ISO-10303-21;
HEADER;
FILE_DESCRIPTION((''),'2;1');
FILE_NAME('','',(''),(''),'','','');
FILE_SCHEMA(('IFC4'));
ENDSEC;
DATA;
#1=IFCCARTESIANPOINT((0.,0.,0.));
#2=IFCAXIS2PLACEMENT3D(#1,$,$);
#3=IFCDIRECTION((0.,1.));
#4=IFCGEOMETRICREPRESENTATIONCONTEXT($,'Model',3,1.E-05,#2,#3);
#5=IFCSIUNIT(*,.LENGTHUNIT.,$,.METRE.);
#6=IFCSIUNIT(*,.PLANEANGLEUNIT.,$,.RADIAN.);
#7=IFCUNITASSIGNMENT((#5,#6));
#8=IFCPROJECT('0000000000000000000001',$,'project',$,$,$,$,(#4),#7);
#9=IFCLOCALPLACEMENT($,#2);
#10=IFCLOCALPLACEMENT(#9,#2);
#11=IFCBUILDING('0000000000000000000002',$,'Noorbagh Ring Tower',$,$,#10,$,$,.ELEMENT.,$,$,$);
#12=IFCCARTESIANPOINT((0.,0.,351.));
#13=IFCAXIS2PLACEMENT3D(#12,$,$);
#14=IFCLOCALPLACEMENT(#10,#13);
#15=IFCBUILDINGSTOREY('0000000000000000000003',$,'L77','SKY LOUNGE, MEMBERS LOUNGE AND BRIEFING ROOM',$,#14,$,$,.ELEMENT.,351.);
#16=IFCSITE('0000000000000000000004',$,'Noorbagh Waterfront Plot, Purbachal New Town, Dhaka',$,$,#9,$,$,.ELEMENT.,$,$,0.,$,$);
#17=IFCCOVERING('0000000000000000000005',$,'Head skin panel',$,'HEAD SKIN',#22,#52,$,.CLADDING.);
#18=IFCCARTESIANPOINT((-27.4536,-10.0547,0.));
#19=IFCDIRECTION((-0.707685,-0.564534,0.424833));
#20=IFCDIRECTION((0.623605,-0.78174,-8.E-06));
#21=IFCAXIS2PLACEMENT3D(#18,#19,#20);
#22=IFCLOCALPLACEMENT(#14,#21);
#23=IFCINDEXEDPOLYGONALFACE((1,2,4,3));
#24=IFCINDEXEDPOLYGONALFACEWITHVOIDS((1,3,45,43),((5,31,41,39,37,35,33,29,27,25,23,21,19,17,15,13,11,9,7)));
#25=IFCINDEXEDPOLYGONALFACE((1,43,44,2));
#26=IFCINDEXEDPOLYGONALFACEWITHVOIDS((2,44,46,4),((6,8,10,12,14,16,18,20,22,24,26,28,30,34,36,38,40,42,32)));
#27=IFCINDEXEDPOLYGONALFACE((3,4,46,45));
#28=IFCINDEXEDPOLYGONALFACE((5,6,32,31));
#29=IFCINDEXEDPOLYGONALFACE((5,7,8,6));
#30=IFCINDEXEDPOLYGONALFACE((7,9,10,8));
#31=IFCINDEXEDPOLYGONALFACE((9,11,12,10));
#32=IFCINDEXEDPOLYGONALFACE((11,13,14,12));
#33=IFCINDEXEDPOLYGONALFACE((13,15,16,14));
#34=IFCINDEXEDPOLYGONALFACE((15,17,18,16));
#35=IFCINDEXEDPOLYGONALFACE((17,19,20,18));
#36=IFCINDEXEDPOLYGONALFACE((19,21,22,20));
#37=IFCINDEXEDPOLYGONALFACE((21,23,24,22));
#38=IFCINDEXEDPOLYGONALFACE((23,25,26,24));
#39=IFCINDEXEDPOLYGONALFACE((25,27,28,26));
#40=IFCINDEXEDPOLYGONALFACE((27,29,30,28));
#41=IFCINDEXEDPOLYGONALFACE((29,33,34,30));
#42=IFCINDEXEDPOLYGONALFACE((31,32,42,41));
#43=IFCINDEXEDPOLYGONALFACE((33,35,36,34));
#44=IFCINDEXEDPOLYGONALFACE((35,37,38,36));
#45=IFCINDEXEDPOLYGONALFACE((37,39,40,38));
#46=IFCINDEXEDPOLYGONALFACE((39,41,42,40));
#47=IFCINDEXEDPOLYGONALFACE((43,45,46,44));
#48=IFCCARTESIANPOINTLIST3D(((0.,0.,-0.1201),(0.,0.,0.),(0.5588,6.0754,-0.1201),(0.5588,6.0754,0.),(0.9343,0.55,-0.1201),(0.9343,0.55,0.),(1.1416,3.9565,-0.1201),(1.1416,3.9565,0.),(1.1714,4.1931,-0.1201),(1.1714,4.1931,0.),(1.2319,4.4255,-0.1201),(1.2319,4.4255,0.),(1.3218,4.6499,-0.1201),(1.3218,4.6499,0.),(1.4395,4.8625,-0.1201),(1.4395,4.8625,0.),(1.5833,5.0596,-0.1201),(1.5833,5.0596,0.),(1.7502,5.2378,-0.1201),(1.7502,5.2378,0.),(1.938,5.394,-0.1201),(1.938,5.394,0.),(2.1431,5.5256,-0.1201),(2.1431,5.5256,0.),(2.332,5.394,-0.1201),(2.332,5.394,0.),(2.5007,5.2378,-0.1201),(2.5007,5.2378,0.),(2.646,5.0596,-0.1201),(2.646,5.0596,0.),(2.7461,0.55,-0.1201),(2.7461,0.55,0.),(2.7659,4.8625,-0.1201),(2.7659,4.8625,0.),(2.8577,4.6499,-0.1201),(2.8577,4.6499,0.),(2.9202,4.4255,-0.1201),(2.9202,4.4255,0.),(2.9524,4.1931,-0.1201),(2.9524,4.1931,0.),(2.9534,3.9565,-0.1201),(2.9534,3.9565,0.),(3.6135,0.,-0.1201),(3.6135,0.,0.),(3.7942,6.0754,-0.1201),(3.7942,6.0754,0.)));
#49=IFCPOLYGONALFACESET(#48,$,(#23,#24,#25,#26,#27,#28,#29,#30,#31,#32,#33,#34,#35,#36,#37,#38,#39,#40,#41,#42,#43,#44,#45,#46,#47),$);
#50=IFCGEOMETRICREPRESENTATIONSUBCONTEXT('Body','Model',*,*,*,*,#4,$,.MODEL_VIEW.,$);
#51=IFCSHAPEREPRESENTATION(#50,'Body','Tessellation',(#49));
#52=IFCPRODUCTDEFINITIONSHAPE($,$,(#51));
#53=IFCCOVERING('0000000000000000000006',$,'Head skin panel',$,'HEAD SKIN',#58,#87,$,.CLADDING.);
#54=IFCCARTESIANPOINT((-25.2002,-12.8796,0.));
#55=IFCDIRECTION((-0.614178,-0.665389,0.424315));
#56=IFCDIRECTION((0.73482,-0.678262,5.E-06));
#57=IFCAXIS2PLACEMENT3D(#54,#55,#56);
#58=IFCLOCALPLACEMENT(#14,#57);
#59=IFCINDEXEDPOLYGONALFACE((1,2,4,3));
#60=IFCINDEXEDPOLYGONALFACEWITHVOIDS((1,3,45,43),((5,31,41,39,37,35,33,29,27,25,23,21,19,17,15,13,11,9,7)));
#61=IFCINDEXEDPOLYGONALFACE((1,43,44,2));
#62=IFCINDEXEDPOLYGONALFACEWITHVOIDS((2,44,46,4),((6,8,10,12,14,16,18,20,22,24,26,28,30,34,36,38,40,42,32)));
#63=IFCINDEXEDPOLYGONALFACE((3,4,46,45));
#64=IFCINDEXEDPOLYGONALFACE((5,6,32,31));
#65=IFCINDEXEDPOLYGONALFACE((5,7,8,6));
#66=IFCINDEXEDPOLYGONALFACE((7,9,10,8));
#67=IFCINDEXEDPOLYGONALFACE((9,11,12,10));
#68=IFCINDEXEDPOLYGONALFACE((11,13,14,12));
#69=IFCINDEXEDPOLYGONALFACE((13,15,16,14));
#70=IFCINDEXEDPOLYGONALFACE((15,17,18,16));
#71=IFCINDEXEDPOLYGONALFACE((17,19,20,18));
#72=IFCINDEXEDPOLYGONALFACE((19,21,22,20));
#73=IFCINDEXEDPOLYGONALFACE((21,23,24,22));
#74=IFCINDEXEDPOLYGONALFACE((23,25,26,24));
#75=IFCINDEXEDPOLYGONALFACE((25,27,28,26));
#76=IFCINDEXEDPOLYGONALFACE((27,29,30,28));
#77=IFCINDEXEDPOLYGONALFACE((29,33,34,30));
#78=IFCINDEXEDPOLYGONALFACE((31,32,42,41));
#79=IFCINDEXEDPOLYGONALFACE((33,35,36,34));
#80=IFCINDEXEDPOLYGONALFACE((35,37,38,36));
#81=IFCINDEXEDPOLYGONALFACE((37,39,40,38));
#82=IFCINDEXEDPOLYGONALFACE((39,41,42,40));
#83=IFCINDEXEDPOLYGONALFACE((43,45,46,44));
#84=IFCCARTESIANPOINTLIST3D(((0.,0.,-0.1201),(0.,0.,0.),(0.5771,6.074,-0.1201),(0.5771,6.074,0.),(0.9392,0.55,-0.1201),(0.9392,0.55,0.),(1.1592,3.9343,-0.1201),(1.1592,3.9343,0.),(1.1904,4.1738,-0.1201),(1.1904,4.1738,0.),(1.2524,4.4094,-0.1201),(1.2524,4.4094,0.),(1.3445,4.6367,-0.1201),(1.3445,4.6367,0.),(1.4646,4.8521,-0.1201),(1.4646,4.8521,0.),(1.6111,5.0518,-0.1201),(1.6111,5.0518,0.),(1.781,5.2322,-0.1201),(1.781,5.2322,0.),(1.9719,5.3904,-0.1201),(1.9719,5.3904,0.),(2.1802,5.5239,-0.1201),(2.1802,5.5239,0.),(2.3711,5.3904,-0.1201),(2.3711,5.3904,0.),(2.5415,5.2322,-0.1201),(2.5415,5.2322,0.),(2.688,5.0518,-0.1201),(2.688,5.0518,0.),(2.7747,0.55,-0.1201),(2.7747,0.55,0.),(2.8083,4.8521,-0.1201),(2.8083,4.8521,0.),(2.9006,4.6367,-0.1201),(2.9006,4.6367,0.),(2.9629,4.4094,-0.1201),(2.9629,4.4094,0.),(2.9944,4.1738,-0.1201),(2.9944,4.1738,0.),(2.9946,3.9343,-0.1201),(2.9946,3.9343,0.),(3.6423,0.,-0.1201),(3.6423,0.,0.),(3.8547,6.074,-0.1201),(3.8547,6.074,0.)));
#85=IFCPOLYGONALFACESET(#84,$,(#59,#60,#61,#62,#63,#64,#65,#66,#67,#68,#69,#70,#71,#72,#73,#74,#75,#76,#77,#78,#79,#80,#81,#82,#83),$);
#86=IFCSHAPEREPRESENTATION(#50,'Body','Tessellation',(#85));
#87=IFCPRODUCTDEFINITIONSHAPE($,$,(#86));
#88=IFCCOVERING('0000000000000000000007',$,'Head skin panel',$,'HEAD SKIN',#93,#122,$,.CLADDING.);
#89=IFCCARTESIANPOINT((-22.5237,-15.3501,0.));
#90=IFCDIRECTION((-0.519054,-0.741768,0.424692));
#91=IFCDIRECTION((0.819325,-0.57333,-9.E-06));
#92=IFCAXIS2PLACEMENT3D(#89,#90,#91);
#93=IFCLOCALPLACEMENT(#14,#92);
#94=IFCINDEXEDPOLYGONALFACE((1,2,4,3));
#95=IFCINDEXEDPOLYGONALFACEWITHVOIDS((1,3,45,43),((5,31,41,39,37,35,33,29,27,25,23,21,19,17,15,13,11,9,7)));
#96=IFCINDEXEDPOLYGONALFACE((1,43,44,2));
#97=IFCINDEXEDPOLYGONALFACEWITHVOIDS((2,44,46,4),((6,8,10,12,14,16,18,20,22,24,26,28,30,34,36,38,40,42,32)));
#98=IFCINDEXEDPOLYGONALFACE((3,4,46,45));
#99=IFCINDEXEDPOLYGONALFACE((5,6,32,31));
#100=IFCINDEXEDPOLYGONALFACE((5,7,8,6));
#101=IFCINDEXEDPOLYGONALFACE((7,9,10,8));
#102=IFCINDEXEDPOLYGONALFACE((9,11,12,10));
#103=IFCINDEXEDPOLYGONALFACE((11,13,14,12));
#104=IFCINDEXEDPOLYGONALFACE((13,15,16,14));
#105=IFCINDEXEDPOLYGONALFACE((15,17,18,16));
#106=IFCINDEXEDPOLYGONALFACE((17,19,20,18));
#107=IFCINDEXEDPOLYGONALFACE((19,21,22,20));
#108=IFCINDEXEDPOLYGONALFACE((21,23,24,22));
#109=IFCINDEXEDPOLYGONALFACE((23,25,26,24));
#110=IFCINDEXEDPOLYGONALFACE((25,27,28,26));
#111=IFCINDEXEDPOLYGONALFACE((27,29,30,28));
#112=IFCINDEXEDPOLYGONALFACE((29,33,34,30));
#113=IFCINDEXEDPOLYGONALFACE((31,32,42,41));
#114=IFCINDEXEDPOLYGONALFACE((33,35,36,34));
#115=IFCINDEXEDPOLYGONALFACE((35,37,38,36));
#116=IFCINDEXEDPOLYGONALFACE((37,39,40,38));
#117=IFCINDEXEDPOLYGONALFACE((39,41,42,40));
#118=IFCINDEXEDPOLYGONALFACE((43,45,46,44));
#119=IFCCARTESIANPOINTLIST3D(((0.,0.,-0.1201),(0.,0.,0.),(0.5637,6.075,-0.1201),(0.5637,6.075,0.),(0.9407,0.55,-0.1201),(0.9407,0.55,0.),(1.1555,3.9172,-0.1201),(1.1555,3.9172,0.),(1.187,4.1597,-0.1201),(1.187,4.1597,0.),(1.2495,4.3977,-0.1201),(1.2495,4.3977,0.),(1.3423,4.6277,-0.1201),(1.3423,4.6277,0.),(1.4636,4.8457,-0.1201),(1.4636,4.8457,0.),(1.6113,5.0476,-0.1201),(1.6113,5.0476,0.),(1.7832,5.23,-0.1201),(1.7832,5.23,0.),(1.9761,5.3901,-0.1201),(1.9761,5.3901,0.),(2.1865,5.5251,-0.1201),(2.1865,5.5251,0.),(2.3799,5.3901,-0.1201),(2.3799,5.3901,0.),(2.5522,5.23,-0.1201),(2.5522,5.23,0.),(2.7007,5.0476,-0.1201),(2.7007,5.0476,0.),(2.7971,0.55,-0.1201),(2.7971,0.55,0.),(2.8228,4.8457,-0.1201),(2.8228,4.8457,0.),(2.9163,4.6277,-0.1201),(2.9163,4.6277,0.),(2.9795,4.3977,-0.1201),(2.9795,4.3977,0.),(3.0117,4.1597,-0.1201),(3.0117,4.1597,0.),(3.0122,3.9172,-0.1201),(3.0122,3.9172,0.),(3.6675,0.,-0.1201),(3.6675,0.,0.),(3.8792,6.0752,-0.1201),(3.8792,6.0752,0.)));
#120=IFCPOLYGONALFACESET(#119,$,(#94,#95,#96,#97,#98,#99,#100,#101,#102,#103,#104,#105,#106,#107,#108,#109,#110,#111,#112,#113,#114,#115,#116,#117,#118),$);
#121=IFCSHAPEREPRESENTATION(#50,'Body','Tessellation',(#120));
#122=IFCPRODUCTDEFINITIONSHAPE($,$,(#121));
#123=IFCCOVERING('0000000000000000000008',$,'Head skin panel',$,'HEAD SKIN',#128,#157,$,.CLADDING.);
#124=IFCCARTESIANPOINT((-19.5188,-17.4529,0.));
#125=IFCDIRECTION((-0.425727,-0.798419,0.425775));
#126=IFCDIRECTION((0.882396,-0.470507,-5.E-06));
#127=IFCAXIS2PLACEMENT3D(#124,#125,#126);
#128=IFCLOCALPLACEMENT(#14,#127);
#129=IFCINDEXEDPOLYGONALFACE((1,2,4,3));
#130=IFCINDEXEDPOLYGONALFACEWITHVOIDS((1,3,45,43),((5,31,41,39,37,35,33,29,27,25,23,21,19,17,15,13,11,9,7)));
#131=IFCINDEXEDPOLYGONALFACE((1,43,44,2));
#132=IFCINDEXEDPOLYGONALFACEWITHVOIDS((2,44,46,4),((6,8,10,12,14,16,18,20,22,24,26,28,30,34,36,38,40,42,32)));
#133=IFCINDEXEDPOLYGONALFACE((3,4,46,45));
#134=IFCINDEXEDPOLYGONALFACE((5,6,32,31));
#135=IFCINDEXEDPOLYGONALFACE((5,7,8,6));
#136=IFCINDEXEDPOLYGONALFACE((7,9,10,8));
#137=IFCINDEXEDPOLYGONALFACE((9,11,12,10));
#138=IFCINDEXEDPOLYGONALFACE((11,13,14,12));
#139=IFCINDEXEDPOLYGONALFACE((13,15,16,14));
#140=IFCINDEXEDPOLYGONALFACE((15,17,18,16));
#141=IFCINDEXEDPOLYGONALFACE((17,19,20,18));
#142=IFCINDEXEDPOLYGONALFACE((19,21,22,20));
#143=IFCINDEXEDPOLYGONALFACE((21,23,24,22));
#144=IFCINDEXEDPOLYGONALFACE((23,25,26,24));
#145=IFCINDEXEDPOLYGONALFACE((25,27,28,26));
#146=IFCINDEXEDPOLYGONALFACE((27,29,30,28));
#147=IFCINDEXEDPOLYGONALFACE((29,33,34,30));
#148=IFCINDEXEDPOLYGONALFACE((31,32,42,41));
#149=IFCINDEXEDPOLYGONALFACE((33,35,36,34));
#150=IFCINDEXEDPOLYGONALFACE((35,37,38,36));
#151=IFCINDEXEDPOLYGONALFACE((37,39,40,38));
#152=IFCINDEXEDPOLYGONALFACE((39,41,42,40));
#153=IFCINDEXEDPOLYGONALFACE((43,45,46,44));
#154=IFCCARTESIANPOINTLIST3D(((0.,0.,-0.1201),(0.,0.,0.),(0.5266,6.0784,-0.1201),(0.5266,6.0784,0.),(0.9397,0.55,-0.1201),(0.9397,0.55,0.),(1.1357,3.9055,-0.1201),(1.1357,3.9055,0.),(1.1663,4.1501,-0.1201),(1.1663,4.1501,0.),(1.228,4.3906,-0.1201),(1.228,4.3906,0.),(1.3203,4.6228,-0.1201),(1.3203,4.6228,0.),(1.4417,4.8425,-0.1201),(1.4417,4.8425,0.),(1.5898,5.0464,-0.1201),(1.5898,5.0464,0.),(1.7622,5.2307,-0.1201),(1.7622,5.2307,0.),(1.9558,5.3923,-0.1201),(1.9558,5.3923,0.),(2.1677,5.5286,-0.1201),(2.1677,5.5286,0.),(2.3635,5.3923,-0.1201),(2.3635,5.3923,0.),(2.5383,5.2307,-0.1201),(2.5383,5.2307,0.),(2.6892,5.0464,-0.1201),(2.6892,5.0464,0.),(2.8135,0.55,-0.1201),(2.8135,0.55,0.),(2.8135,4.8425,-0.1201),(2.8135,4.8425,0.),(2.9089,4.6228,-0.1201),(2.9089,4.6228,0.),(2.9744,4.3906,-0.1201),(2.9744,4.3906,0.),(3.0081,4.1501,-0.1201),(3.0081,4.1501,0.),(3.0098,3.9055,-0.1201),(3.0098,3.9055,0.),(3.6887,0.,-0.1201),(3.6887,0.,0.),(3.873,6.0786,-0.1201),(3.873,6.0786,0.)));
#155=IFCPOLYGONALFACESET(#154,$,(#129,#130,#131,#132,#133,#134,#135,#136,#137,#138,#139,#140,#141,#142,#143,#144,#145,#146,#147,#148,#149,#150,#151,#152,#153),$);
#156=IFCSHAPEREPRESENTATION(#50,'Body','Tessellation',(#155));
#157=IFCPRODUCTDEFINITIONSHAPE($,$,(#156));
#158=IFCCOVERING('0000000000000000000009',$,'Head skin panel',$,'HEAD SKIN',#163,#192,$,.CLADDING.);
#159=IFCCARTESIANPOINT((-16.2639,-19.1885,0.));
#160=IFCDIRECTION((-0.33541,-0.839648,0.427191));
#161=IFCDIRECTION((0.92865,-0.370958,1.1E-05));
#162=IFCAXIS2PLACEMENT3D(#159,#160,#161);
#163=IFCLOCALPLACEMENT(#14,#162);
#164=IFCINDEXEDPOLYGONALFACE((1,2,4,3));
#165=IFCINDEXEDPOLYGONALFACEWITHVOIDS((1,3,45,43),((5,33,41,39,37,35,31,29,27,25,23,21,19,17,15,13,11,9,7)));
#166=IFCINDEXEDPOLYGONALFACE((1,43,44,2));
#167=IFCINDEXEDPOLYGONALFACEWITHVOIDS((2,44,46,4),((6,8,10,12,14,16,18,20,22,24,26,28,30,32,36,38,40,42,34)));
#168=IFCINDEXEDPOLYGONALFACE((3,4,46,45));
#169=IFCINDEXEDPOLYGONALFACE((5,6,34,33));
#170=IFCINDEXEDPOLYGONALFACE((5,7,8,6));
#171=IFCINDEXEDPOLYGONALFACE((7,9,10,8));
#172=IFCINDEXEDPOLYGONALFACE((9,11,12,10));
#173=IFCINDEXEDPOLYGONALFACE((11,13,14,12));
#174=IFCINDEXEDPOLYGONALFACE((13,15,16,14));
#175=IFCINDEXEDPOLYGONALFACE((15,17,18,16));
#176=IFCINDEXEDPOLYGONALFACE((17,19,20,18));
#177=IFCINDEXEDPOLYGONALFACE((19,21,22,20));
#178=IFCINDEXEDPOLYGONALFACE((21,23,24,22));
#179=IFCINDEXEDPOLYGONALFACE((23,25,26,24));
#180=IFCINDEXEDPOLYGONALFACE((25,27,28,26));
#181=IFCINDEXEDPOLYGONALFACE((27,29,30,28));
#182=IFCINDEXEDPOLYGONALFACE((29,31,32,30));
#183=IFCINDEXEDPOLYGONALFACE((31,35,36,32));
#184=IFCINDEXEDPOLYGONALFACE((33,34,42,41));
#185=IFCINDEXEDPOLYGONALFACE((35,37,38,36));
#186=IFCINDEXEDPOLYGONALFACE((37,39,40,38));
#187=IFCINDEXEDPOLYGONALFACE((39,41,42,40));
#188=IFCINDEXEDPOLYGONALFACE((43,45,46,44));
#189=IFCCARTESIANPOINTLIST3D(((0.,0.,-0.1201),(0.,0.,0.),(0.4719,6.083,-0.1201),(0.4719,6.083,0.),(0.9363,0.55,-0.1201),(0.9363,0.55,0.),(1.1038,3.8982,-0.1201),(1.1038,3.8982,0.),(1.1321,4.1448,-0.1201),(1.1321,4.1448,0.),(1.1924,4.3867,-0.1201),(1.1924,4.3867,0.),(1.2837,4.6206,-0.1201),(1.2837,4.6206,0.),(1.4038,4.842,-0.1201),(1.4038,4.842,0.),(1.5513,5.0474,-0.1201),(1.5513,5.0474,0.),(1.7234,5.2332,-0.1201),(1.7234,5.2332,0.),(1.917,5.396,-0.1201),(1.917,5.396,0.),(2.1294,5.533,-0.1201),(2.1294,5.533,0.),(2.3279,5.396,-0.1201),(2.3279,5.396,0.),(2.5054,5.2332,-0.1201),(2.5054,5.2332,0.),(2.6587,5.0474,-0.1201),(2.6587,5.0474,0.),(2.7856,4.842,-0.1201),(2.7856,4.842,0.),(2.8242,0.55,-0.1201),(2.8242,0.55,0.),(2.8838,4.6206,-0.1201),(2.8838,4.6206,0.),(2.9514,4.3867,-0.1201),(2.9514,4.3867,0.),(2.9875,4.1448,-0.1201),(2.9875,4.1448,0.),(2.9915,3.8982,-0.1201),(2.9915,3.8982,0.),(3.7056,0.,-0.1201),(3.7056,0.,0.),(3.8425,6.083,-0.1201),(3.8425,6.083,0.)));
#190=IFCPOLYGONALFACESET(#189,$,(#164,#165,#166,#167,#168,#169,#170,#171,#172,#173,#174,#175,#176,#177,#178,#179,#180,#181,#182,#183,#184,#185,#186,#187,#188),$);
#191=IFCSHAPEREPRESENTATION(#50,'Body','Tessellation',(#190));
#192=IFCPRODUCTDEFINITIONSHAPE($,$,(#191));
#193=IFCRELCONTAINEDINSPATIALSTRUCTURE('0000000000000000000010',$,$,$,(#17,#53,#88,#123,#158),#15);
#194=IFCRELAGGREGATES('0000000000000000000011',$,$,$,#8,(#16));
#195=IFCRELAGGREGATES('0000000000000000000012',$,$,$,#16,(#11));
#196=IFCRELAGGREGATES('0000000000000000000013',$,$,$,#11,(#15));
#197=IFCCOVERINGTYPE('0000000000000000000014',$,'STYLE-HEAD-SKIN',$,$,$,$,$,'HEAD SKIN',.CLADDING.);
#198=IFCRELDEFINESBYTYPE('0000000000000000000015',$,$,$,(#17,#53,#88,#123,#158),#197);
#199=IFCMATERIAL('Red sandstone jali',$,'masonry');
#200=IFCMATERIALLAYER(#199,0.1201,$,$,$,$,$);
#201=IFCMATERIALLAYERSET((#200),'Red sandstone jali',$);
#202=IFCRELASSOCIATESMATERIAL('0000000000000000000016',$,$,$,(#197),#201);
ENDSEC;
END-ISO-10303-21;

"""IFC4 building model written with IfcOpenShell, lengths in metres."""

from ifc_helpers import new_model, si_unit, direction, frame, origin, place, context, subcontext, project, spatial, polyline, outline, extrude, material, layer, layer_set, type_object, element, save


model = new_model("IFC4")

# Units and contexts
model_context = context("Model", 3, precision=1e-05, world=origin(), true_north=direction((0.0, 1.0)))
body_context = subcontext(model_context, "Body", "Model", "MODEL_VIEW")
ifc_project = project(units=[si_unit("LENGTHUNIT", "METRE"), si_unit("PLANEANGLEUNIT", "RADIAN")], contexts=[model_context])

# Site, building, storey
site_placement = place(None, origin())
site = spatial("IfcSite", under=ifc_project, at=site_placement, Name="Noorbagh Waterfront Plot, Purbachal New Town, Dhaka", CompositionType="ELEMENT", RefElevation=0.0)
building_placement = place(site_placement, origin())
building = spatial("IfcBuilding", under=site, at=building_placement, Name="Noorbagh Ring Tower", CompositionType="ELEMENT")
storey_placement = place(building_placement, frame((0.0, 0.0, 351.0)))
storey = spatial("IfcBuildingStorey", under=building, at=storey_placement, Name="L77", Description="SKY LOUNGE, MEMBERS LOUNGE AND BRIEFING ROOM", CompositionType="ELEMENT", Elevation=351.0)

# Coverings
ifc_material_1 = material(Name="Red sandstone jali", Category="masonry")
ifc_layer_1 = layer(ifc_material_1, 0.1201)
ifc_layer_set_1 = layer_set([ifc_layer_1], Name="Red sandstone jali")
covering_type_1 = type_object("IfcCoveringType", Name="STYLE-HEAD-SKIN", ElementType="HEAD SKIN", PredefinedType="CLADDING", material=ifc_layer_set_1)
covering_1_placement = place(storey_placement, frame((-27.4536, -10.0547, 0.0), z_axis=(-0.707685, -0.564534, 0.424833), x_axis=(0.623605, -0.78174, -0.000008)))
element("IfcCovering", 1, at=covering_1_placement, inside=storey, type_object=covering_type_1, Name="Head skin panel", ObjectType="HEAD SKIN", PredefinedType="CLADDING", context=body_context, shape_type="SweptSolid", body=[
    extrude(outline(polyline([(0.0, 0.0), (3.6135, 0.0), (3.7942, 6.0754), (0.5588, 6.0754), (0.0, 0.0)]), holes=[polyline([(0.9343, 0.55), (1.1416, 3.9565), (1.1714, 4.1931), (1.2319, 4.4255), (1.3218, 4.6499), (1.4395, 4.8625), (1.5833, 5.0596), (1.7502, 5.2378), (1.938, 5.394), (2.1431, 5.5256), (2.332, 5.394), (2.5007, 5.2378), (2.646, 5.0596), (2.7659, 4.8625), (2.8577, 4.6499), (2.9202, 4.4255), (2.9524, 4.1931), (2.9534, 3.9565), (2.7461, 0.55), (0.9343, 0.55)])]), origin(), (0.0, 0.0, -1.0), 0.1201),
])
covering_2_placement = place(storey_placement, frame((-25.2002, -12.8796, 0.0), z_axis=(-0.614178, -0.665389, 0.424315), x_axis=(0.73482, -0.678262, 0.000005)))
element("IfcCovering", 2, at=covering_2_placement, inside=storey, type_object=covering_type_1, Name="Head skin panel", ObjectType="HEAD SKIN", PredefinedType="CLADDING", context=body_context, shape_type="SweptSolid", body=[
    extrude(outline(polyline([(0.0, 0.0), (3.6423, 0.0), (3.8547, 6.074), (0.5771, 6.074), (0.0, 0.0)]), holes=[polyline([(0.9392, 0.55), (1.1592, 3.9343), (1.1904, 4.1738), (1.2524, 4.4094), (1.3445, 4.6367), (1.4646, 4.8521), (1.6111, 5.0518), (1.781, 5.2322), (1.9719, 5.3904), (2.1802, 5.5239), (2.3711, 5.3904), (2.5415, 5.2322), (2.688, 5.0518), (2.8083, 4.8521), (2.9006, 4.6367), (2.9629, 4.4094), (2.9944, 4.1738), (2.9946, 3.9343), (2.7747, 0.55), (0.9392, 0.55)])]), origin(), (0.0, 0.0, -1.0), 0.1201),
])
covering_3_placement = place(storey_placement, frame((-22.5237, -15.3501, 0.0), z_axis=(-0.519054, -0.741768, 0.424692), x_axis=(0.819325, -0.57333, -0.000009)))
element("IfcCovering", 3, at=covering_3_placement, inside=storey, type_object=covering_type_1, Name="Head skin panel", ObjectType="HEAD SKIN", PredefinedType="CLADDING", context=body_context, shape_type="SweptSolid", body=[
    extrude(outline(polyline([(0.0, 0.0), (3.6675, 0.0), (3.8792, 6.0752), (0.5637, 6.075), (0.0, 0.0)]), holes=[polyline([(0.9407, 0.55), (1.1555, 3.9172), (1.187, 4.1597), (1.2495, 4.3977), (1.3423, 4.6277), (1.4636, 4.8457), (1.6113, 5.0476), (1.7832, 5.23), (1.9761, 5.3901), (2.1865, 5.5251), (2.3799, 5.3901), (2.5522, 5.23), (2.7007, 5.0476), (2.8228, 4.8457), (2.9163, 4.6277), (2.9795, 4.3977), (3.0117, 4.1597), (3.0122, 3.9172), (2.7971, 0.55), (0.9407, 0.55)])]), origin(), (0.0, 0.0, -1.0), 0.1201),
])
covering_4_placement = place(storey_placement, frame((-19.5188, -17.4529, 0.0), z_axis=(-0.425727, -0.798419, 0.425775), x_axis=(0.882396, -0.470507, -0.000005)))
element("IfcCovering", 4, at=covering_4_placement, inside=storey, type_object=covering_type_1, Name="Head skin panel", ObjectType="HEAD SKIN", PredefinedType="CLADDING", context=body_context, shape_type="SweptSolid", body=[
    extrude(outline(polyline([(0.0, 0.0), (3.6887, 0.0), (3.873, 6.0786), (0.5266, 6.0784), (0.0, 0.0)]), holes=[polyline([(0.9397, 0.55), (1.1357, 3.9055), (1.1663, 4.1501), (1.228, 4.3906), (1.3203, 4.6228), (1.4417, 4.8425), (1.5898, 5.0464), (1.7622, 5.2307), (1.9558, 5.3923), (2.1677, 5.5286), (2.3635, 5.3923), (2.5383, 5.2307), (2.6892, 5.0464), (2.8135, 4.8425), (2.9089, 4.6228), (2.9744, 4.3906), (3.0081, 4.1501), (3.0098, 3.9055), (2.8135, 0.55), (0.9397, 0.55)])]), origin(), (0.0, 0.0, -1.0), 0.1201),
])
covering_5_placement = place(storey_placement, frame((-16.2639, -19.1885, 0.0), z_axis=(-0.33541, -0.839648, 0.427191), x_axis=(0.92865, -0.370958, 0.000011)))
element("IfcCovering", 5, at=covering_5_placement, inside=storey, type_object=covering_type_1, Name="Head skin panel", ObjectType="HEAD SKIN", PredefinedType="CLADDING", context=body_context, shape_type="SweptSolid", body=[
    extrude(outline(polyline([(0.0, 0.0), (3.7056, 0.0), (3.8425, 6.083), (0.4719, 6.083), (0.0, 0.0)]), holes=[polyline([(0.9363, 0.55), (1.1038, 3.8982), (1.1321, 4.1448), (1.1924, 4.3867), (1.2837, 4.6206), (1.4038, 4.842), (1.5513, 5.0474), (1.7234, 5.2332), (1.917, 5.396), (2.1294, 5.533), (2.3279, 5.396), (2.5054, 5.2332), (2.6587, 5.0474), (2.7856, 4.842), (2.8838, 4.6206), (2.9514, 4.3867), (2.9875, 4.1448), (2.9915, 3.8982), (2.8242, 0.55), (0.9363, 0.55)])]), origin(), (0.0, 0.0, -1.0), 0.1201),
])

save(model, "model.ifc")
